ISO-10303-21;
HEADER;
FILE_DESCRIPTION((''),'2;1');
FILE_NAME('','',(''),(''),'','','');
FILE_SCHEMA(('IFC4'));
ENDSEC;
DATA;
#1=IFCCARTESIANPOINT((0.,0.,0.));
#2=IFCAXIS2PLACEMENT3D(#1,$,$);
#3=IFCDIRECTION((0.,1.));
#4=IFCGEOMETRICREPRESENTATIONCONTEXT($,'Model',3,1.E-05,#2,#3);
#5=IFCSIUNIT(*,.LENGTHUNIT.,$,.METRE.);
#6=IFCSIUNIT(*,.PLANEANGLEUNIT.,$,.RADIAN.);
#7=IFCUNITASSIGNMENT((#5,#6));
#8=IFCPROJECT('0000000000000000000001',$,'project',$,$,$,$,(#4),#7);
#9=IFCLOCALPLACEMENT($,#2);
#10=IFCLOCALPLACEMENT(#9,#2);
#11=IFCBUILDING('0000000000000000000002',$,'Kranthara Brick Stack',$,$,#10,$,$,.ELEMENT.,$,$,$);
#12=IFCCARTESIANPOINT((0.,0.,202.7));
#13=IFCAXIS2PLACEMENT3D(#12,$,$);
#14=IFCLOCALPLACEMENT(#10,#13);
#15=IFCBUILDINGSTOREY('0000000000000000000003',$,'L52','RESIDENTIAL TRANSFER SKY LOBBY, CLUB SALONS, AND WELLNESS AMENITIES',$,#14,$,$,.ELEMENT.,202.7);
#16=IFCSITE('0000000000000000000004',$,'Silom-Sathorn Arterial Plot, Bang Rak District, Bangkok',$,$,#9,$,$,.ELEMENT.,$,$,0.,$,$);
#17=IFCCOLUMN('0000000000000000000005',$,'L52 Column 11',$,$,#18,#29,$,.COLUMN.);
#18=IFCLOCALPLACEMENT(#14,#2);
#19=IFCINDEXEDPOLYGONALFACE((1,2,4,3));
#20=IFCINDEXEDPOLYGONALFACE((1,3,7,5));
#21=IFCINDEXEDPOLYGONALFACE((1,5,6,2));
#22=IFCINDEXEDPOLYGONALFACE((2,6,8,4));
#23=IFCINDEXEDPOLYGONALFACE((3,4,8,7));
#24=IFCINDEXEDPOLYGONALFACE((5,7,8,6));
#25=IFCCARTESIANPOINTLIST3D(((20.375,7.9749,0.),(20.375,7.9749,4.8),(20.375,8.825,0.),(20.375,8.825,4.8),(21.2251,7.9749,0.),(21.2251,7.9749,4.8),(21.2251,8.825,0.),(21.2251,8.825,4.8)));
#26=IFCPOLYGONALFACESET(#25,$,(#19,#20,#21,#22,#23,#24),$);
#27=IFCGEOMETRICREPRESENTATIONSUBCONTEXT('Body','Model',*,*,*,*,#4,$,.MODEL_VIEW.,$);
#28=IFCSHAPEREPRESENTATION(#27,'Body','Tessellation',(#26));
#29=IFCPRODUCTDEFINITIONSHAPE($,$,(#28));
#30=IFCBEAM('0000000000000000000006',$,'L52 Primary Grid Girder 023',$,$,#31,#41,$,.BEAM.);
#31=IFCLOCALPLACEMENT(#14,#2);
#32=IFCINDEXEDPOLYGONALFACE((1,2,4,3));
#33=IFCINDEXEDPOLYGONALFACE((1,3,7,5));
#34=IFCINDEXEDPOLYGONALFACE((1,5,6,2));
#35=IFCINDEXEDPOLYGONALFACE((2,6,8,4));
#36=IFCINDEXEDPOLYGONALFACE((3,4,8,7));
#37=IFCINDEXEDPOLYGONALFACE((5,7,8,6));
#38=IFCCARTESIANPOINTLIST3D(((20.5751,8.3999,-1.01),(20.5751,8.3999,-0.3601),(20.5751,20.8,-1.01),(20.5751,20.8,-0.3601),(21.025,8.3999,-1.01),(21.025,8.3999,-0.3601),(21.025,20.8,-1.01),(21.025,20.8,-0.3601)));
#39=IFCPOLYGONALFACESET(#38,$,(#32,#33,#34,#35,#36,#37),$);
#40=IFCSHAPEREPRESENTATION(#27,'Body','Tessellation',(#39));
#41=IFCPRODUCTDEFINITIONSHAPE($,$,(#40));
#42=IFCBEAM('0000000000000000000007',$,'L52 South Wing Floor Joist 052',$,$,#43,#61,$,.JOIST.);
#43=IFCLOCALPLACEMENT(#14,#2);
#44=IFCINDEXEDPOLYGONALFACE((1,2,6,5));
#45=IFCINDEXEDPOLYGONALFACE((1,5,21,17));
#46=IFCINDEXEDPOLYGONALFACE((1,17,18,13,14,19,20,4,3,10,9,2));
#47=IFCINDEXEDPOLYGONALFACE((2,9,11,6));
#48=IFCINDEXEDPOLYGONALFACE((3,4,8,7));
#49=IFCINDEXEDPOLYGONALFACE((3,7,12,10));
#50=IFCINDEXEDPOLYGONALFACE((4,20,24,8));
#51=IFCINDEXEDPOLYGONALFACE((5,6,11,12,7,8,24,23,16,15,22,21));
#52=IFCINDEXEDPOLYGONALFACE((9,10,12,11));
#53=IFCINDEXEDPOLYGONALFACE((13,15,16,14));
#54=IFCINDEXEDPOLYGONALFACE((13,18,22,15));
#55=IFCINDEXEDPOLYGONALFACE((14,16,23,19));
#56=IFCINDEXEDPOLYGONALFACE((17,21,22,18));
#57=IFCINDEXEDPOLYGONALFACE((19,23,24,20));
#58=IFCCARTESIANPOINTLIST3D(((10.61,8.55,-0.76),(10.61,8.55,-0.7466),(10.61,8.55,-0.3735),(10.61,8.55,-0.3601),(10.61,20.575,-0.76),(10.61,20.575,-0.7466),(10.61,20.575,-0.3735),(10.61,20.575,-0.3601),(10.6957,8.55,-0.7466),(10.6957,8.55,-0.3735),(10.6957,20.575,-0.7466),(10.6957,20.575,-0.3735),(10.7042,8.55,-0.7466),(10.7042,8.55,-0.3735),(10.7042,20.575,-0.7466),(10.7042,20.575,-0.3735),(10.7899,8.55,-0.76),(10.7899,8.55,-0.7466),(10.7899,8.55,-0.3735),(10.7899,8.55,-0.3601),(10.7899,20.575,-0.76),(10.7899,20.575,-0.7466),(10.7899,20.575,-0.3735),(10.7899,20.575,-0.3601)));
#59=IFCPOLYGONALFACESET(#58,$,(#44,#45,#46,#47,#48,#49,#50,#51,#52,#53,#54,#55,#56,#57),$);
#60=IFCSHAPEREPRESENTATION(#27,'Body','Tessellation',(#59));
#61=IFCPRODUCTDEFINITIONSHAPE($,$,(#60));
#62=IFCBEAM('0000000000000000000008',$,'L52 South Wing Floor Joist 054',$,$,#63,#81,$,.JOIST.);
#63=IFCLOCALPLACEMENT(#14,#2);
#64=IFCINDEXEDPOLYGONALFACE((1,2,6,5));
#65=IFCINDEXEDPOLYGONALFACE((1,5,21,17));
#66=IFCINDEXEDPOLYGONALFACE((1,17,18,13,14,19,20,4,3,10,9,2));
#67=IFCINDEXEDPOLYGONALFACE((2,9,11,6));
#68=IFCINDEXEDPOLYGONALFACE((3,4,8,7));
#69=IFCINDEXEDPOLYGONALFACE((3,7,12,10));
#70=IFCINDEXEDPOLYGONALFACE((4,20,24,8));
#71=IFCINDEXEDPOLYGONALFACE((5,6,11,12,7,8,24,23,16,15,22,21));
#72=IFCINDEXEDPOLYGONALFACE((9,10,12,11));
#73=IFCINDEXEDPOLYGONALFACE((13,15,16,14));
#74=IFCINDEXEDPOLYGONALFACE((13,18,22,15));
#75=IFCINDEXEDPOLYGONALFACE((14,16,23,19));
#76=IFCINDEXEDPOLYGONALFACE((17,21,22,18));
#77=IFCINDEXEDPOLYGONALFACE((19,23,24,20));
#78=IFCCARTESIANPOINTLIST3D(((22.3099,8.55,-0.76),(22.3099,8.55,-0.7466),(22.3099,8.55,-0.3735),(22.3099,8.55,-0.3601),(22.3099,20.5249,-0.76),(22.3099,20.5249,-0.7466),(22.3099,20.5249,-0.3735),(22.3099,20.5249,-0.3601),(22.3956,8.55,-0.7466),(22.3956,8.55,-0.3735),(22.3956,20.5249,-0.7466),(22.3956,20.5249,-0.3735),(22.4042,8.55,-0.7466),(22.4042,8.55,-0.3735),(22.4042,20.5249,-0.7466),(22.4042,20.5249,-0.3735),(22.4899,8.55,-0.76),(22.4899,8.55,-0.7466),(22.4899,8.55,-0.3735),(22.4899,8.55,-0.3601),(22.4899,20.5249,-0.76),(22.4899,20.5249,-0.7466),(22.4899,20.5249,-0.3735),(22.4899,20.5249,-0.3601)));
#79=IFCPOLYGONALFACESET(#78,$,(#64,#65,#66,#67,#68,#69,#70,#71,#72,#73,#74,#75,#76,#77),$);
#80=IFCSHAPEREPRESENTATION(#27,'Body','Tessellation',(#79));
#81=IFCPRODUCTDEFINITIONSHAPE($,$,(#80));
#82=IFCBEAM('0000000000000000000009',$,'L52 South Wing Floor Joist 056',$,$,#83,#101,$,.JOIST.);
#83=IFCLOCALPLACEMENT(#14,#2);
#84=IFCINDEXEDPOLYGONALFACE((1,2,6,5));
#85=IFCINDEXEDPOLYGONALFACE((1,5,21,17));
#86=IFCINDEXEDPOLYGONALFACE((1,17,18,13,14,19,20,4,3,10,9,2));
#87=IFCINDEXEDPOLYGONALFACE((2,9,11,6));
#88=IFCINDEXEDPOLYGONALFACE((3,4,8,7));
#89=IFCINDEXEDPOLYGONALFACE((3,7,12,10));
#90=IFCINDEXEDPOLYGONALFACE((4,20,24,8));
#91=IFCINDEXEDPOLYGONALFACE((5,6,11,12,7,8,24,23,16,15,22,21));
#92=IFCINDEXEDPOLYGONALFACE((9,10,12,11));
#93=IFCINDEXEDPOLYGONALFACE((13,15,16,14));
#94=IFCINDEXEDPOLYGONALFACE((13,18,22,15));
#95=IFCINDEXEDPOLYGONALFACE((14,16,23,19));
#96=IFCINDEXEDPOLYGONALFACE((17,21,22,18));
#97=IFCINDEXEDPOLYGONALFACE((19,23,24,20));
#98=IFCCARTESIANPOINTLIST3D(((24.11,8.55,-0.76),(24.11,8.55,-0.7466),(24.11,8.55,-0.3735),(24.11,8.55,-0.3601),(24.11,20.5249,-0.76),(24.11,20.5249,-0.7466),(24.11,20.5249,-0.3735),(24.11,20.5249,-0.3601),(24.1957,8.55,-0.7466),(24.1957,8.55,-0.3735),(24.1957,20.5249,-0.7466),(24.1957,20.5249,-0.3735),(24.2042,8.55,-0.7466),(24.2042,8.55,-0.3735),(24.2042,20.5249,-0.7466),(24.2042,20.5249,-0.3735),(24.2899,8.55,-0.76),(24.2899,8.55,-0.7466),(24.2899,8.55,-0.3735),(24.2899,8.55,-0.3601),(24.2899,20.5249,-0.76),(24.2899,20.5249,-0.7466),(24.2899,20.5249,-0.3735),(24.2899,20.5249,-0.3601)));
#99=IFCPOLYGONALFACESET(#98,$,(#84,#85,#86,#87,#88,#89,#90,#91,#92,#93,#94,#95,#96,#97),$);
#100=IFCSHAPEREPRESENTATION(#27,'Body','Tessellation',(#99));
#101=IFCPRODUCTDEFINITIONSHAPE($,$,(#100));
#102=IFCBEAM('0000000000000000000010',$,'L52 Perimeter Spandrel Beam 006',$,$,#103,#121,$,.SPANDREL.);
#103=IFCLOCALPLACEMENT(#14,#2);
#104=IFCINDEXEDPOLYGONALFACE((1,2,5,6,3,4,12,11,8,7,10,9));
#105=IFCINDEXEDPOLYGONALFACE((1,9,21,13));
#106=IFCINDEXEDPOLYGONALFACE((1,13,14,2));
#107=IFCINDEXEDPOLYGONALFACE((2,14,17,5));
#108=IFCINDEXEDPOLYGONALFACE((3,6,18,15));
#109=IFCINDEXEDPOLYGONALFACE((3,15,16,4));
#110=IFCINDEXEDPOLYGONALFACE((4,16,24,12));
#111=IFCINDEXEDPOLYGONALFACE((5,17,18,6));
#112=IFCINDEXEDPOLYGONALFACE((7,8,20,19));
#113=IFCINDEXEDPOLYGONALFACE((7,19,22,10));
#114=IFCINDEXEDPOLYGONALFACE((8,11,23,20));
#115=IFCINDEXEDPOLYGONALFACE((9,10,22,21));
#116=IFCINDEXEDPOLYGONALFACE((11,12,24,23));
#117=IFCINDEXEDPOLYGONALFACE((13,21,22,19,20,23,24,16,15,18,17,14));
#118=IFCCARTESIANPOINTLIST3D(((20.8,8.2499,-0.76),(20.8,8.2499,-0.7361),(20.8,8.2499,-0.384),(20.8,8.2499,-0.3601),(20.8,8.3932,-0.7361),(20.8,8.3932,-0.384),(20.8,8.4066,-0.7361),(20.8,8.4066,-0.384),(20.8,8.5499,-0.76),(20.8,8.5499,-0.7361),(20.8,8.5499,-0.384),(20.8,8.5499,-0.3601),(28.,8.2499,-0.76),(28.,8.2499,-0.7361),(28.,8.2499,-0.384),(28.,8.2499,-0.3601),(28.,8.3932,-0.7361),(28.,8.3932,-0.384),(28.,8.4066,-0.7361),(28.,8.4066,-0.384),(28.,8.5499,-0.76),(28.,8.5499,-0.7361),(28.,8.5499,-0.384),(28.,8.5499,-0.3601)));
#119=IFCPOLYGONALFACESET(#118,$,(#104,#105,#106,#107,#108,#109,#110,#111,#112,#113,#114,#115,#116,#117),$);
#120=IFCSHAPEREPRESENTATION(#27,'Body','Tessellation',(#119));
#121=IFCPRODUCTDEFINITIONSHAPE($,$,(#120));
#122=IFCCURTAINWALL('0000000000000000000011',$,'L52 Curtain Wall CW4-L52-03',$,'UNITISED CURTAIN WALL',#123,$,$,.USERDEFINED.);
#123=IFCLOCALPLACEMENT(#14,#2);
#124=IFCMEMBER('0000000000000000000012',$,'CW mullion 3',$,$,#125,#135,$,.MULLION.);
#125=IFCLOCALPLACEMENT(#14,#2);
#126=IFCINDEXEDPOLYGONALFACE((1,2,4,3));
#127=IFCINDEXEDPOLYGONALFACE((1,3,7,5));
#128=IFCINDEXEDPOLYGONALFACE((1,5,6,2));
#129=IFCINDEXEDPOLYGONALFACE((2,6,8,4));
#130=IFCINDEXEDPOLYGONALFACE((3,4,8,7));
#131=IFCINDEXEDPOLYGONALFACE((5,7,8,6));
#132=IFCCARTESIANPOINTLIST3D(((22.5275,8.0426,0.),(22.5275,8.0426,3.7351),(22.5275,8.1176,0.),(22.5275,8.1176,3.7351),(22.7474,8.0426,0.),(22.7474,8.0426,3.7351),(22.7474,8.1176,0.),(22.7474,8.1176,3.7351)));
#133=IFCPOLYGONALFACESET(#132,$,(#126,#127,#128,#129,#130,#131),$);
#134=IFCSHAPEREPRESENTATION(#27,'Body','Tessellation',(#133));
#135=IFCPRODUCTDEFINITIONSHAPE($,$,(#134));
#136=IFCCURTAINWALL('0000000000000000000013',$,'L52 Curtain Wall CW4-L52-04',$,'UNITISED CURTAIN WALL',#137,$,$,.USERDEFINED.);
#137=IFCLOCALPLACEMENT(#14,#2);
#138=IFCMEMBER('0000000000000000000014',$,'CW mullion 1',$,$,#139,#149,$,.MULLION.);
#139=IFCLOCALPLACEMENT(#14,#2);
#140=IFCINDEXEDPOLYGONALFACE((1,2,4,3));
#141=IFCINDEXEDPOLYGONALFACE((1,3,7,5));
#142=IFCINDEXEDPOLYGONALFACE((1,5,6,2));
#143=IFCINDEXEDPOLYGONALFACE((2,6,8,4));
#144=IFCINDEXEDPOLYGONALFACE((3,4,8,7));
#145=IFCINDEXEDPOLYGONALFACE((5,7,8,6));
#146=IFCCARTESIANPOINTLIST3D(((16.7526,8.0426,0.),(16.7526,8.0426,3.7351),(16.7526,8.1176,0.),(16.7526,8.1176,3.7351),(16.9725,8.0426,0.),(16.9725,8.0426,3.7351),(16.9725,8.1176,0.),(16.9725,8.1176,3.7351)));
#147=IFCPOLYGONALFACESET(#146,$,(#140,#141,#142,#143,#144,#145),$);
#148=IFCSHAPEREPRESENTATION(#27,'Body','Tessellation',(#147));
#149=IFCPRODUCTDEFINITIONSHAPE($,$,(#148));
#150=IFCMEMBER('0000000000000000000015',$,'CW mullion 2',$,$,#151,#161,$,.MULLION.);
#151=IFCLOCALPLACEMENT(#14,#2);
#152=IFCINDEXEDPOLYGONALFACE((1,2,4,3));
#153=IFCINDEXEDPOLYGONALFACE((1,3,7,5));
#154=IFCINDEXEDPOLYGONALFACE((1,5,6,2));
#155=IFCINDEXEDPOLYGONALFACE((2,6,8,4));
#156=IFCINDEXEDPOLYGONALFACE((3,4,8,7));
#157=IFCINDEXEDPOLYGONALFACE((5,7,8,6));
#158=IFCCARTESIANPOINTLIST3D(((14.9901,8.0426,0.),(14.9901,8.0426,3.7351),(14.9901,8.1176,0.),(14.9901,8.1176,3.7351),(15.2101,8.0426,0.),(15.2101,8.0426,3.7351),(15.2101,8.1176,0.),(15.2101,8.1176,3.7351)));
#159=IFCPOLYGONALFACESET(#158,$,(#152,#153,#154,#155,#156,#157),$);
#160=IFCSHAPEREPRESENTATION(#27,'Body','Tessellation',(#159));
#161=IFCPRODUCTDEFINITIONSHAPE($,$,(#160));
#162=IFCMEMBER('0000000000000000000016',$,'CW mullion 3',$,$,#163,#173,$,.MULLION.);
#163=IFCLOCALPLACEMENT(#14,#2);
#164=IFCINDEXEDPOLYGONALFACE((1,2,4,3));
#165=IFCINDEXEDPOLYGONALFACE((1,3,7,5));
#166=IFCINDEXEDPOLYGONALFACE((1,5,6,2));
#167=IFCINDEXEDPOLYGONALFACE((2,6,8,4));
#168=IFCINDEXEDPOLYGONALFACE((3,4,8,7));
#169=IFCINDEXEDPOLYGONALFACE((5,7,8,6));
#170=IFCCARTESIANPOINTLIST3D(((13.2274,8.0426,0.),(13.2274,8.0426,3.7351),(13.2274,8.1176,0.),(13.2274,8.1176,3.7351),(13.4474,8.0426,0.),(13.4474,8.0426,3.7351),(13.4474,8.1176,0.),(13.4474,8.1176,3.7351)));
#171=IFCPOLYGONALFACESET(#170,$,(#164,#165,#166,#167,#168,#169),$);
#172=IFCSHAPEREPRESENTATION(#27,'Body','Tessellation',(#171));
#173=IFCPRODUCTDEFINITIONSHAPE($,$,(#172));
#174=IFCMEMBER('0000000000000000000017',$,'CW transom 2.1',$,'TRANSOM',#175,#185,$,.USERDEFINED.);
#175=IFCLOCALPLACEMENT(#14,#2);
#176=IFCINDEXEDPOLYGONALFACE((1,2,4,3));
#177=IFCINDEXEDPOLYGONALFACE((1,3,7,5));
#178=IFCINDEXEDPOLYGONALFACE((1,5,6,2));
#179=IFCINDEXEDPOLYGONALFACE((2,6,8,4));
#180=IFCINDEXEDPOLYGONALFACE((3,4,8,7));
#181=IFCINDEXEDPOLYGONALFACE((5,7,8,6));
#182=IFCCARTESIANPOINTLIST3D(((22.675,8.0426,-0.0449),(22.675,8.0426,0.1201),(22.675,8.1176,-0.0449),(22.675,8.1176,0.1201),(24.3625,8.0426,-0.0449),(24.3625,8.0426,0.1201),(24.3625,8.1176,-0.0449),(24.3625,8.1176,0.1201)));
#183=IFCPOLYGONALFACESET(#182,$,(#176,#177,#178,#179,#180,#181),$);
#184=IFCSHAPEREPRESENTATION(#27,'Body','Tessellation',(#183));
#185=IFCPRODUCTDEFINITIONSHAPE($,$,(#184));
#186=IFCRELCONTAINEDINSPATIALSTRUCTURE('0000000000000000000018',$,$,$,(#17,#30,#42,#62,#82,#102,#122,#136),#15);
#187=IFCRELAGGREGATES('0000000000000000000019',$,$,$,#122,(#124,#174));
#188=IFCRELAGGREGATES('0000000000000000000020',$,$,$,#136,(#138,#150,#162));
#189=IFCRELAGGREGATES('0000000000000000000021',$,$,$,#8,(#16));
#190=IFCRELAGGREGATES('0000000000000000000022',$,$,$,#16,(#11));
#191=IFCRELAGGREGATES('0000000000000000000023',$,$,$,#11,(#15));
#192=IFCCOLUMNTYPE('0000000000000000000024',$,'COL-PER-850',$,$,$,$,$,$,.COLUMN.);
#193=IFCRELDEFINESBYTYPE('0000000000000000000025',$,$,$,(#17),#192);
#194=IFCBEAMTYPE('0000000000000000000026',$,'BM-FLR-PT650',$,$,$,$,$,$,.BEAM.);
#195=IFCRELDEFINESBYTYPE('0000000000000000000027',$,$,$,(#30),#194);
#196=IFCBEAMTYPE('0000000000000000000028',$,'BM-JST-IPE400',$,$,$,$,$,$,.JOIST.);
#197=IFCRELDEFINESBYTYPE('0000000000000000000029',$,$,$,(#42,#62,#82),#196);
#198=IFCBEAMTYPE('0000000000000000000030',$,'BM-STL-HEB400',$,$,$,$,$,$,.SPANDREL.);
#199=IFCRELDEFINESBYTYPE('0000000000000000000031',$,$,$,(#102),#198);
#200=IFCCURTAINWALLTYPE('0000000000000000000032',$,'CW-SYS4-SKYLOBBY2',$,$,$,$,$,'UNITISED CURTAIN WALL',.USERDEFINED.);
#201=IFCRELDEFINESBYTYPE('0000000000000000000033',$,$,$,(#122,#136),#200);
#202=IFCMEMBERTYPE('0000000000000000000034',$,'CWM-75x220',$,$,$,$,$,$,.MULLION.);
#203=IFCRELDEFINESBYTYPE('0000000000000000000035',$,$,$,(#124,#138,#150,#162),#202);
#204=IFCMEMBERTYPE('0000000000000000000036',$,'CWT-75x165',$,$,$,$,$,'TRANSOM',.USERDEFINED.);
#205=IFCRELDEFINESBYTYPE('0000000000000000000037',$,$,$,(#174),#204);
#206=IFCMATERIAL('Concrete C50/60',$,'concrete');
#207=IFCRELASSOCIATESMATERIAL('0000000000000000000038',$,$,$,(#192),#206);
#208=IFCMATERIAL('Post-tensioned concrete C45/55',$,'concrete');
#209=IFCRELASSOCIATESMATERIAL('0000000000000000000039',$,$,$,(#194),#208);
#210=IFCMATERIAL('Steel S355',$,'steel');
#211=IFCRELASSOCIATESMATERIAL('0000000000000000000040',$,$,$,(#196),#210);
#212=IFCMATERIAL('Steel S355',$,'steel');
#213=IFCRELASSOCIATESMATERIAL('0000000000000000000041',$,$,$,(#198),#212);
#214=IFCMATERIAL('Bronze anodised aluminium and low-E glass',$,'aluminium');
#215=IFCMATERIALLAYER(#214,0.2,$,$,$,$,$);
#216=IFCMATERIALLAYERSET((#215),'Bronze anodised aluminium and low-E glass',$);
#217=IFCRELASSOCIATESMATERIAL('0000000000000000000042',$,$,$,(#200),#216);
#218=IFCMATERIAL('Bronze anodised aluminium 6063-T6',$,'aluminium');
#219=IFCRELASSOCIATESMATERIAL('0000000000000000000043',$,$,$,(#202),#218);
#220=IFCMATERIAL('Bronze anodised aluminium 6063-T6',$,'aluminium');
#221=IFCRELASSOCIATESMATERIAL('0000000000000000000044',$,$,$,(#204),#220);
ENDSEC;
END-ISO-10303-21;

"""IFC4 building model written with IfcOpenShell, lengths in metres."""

from ifc_helpers import new_model, si_unit, direction, frame, origin, origin_2d, place, context, subcontext, project, spatial, rectangle, i_section, extrude, material, layer, layer_set, material_profile, profile_set, type_object, element, aggregate, save


model = new_model("IFC4")

# Units and contexts
model_context = context("Model", 3, precision=1e-05, world=origin(), true_north=direction((0.0, 1.0)))
body_context = subcontext(model_context, "Body", "Model", "MODEL_VIEW")
ifc_project = project(units=[si_unit("LENGTHUNIT", "METRE"), si_unit("PLANEANGLEUNIT", "RADIAN")], contexts=[model_context])

# Site, building, storey
site_placement = place(None, origin())
site = spatial("IfcSite", under=ifc_project, at=site_placement, Name="Silom-Sathorn Arterial Plot, Bang Rak District, Bangkok", CompositionType="ELEMENT", RefElevation=0.0)
building_placement = place(site_placement, origin())
building = spatial("IfcBuilding", under=site, at=building_placement, Name="Kranthara Brick Stack", CompositionType="ELEMENT")
storey_placement = place(building_placement, frame((0.0, 0.0, 202.7)))
storey = spatial("IfcBuildingStorey", under=building, at=storey_placement, Name="L52", Description="RESIDENTIAL TRANSFER SKY LOBBY, CLUB SALONS, AND WELLNESS AMENITIES", CompositionType="ELEMENT", Elevation=202.7)

# Column
ifc_material_1 = material(Name="Concrete C50/60", Category="concrete")
ifc_material_profile_1 = material_profile(ifc_material_1, rectangle(XDim=0.8501, YDim=0.8501, at=origin_2d()), Name="RC 850x850")
ifc_profile_set_1 = profile_set([ifc_material_profile_1], Name="Concrete C50/60")
column_type = type_object("IfcColumnType", Name="COL-PER-850", PredefinedType="COLUMN", material=ifc_profile_set_1)
column_placement = place(storey_placement, frame((20.8, 8.3999, 0.0), z_axis=(0.0, 0.0, 1.0), x_axis=(1.0, 0.0, 0.0)))
element("IfcColumn", 1, at=column_placement, inside=storey, type_object=column_type, Name="L52 Column 11", PredefinedType="COLUMN", context=body_context, shape_type="SweptSolid", body=[
    extrude(rectangle(XDim=0.8501, YDim=0.8501, at=origin_2d()), origin(), (0.0, 0.0, 1.0), 4.8),
])

# Beams
ifc_material_2 = material(Name="Post-tensioned concrete C45/55", Category="concrete")
ifc_material_profile_2 = material_profile(ifc_material_2, rectangle(XDim=0.45, YDim=0.6499, at=origin_2d()), Name="PT 450x650")
ifc_profile_set_2 = profile_set([ifc_material_profile_2], Name="Post-tensioned concrete C45/55")
beam_type_1 = type_object("IfcBeamType", Name="BM-FLR-PT650", PredefinedType="BEAM", material=ifc_profile_set_2)
beam_1_placement = place(storey_placement, frame((20.8, 8.3999, -0.6851), z_axis=(0.0, 1.0, 0.0), x_axis=(-1.0, 0.0, 0.0)))
element("IfcBeam", 2, at=beam_1_placement, inside=storey, type_object=beam_type_1, Name="L52 Primary Grid Girder 023", PredefinedType="BEAM", context=body_context, shape_type="SweptSolid", body=[
    extrude(rectangle(XDim=0.45, YDim=0.6499, at=origin_2d()), origin(), (0.0, 0.0, 1.0), 12.4001),
])
ifc_material_3 = material(Name="Steel S355", Category="steel")
ifc_material_profile_3 = material_profile(ifc_material_3, i_section(OverallWidth=0.1799, OverallDepth=0.3999, WebThickness=0.0085, FlangeThickness=0.0134, at=origin_2d()), Name="IPE 400")
ifc_profile_set_3 = profile_set([ifc_material_profile_3], Name="Steel S355")
beam_type_2 = type_object("IfcBeamType", Name="BM-JST-IPE400", PredefinedType="JOIST", material=ifc_profile_set_3)
beam_2_placement = place(storey_placement, frame((10.7, 8.55, -0.5601), z_axis=(0.0, 1.0, 0.0), x_axis=(-1.0, 0.0, 0.0)))
element("IfcBeam", 3, at=beam_2_placement, inside=storey, type_object=beam_type_2, Name="L52 South Wing Floor Joist 052", PredefinedType="JOIST", context=body_context, shape_type="SweptSolid", body=[
    extrude(i_section(OverallWidth=0.1799, OverallDepth=0.3999, WebThickness=0.0085, FlangeThickness=0.0134, at=origin_2d()), origin(), (0.0, 0.0, 1.0), 12.0249),
])
for number, where, z_axis, x_axis, name in (
    (4, (22.3999, 8.55, -0.5601), (0.0, 1.0, 0.0), (-1.0, 0.0, 0.0), "L52 South Wing Floor Joist 054"),
    (5, (24.2, 8.55, -0.5601), (0.0, 1.0, 0.0), (-1.0, 0.0, 0.0), "L52 South Wing Floor Joist 056"),
):
    element("IfcBeam", number, at=place(storey_placement, frame(where, z_axis=z_axis, x_axis=x_axis)), inside=storey, type_object=beam_type_2, Name=name, PredefinedType="JOIST", context=body_context, shape_type="SweptSolid", body=[
        extrude(i_section(OverallWidth=0.1799, OverallDepth=0.3999, WebThickness=0.0085, FlangeThickness=0.0134, at=origin_2d()), origin(), (0.0, 0.0, 1.0), 11.9749),
    ])
ifc_material_4 = material(Name="Steel S355", Category="steel")
ifc_material_profile_4 = material_profile(ifc_material_4, i_section(OverallWidth=0.3, OverallDepth=0.3999, WebThickness=0.0134, FlangeThickness=0.0239, at=origin_2d()), Name="HEB 400")
ifc_profile_set_4 = profile_set([ifc_material_profile_4], Name="Steel S355")
beam_type_3 = type_object("IfcBeamType", Name="BM-STL-HEB400", PredefinedType="SPANDREL", material=ifc_profile_set_4)
beam_3_placement = place(storey_placement, frame((20.8, 8.3999, -0.5601), z_axis=(1.0, 0.0, 0.0), x_axis=(0.0, 1.0, 0.0)))
element("IfcBeam", 6, at=beam_3_placement, inside=storey, type_object=beam_type_3, Name="L52 Perimeter Spandrel Beam 006", PredefinedType="SPANDREL", context=body_context, shape_type="SweptSolid", body=[
    extrude(i_section(OverallWidth=0.3, OverallDepth=0.3999, WebThickness=0.0134, FlangeThickness=0.0239, at=origin_2d()), origin(), (0.0, 0.0, 1.0), 7.2),
])

# Curtain wall, member
ifc_material_5 = material(Name="Bronze anodised aluminium and low-E glass", Category="aluminium")
ifc_layer_1 = layer(ifc_material_5, 0.2)
ifc_layer_set_1 = layer_set([ifc_layer_1], Name="Bronze anodised aluminium and low-E glass")
curtain_wall_type = type_object("IfcCurtainWallType", Name="CW-SYS4-SKYLOBBY2", ElementType="UNITISED CURTAIN WALL", PredefinedType="USERDEFINED", material=ifc_layer_set_1)
curtain_wall_1_placement = place(storey_placement, origin())
curtain_wall_1 = element("IfcCurtainWall", 7, at=curtain_wall_1_placement, inside=storey, type_object=curtain_wall_type, Name="L52 Curtain Wall CW4-L52-03", ObjectType="UNITISED CURTAIN WALL", PredefinedType="USERDEFINED")
ifc_material_6 = material(Name="Bronze anodised aluminium 6063-T6", Category="aluminium")
ifc_material_profile_5 = material_profile(ifc_material_6, rectangle(XDim=0.075, YDim=0.22, at=origin_2d()), Name="ALU MULLION 75x220")
ifc_profile_set_5 = profile_set([ifc_material_profile_5], Name="Bronze anodised aluminium 6063-T6")
member_type_1 = type_object("IfcMemberType", Name="CWM-75x220", PredefinedType="MULLION", material=ifc_profile_set_5)
member_1_placement = place(storey_placement, frame((22.6375, 8.0801, 0.0), z_axis=(0.0, 0.0, 1.0), x_axis=(0.0, -1.0, 0.0)))
member_1 = element("IfcMember", 8, at=member_1_placement, type_object=member_type_1, Name="CW mullion 3", PredefinedType="MULLION", context=body_context, shape_type="SweptSolid", body=[
    extrude(rectangle(XDim=0.075, YDim=0.22, at=origin_2d()), origin(), (0.0, 0.0, 1.0), 3.7351),
])

# Curtain wall, members
curtain_wall_2_placement = place(storey_placement, origin())
curtain_wall_2 = element("IfcCurtainWall", 9, at=curtain_wall_2_placement, inside=storey, type_object=curtain_wall_type, Name="L52 Curtain Wall CW4-L52-04", ObjectType="UNITISED CURTAIN WALL", PredefinedType="USERDEFINED")
member_2_placement = place(storey_placement, frame((16.8625, 8.0801, 0.0), z_axis=(0.0, 0.0, 1.0), x_axis=(0.0, -1.0, 0.0)))
member_2 = element("IfcMember", 10, at=member_2_placement, type_object=member_type_1, Name="CW mullion 1", PredefinedType="MULLION", context=body_context, shape_type="SweptSolid", body=[
    extrude(rectangle(XDim=0.075, YDim=0.22, at=origin_2d()), origin(), (0.0, 0.0, 1.0), 3.7351),
])
member_3_placement = place(storey_placement, frame((15.1001, 8.0801, 0.0), z_axis=(0.0, 0.0, 1.0), x_axis=(0.0, -1.0, 0.0)))
member_3 = element("IfcMember", 11, at=member_3_placement, type_object=member_type_1, Name="CW mullion 2", PredefinedType="MULLION", context=body_context, shape_type="SweptSolid", body=[
    extrude(rectangle(XDim=0.075, YDim=0.22, at=origin_2d()), origin(), (0.0, 0.0, 1.0), 3.7351),
])
member_4_placement = place(storey_placement, frame((13.3374, 8.0801, 0.0), z_axis=(0.0, 0.0, 1.0), x_axis=(0.0, -1.0, 0.0)))
member_4 = element("IfcMember", 12, at=member_4_placement, type_object=member_type_1, Name="CW mullion 3", PredefinedType="MULLION", context=body_context, shape_type="SweptSolid", body=[
    extrude(rectangle(XDim=0.075, YDim=0.22, at=origin_2d()), origin(), (0.0, 0.0, 1.0), 3.7351),
])

# Member
ifc_material_7 = material(Name="Bronze anodised aluminium 6063-T6", Category="aluminium")
ifc_material_profile_6 = material_profile(ifc_material_7, rectangle(XDim=0.075, YDim=0.165, at=origin_2d()), Name="ALU TRANSOM 75x165")
ifc_profile_set_6 = profile_set([ifc_material_profile_6], Name="Bronze anodised aluminium 6063-T6")
member_type_2 = type_object("IfcMemberType", Name="CWT-75x165", ElementType="TRANSOM", PredefinedType="USERDEFINED", material=ifc_profile_set_6)
member_5_placement = place(storey_placement, frame((24.3625, 8.0801, 0.0376), z_axis=(-1.0, 0.0, 0.0), x_axis=(0.0, -1.0, 0.0)))
member_5 = element("IfcMember", 13, at=member_5_placement, type_object=member_type_2, Name="CW transom 2.1", ObjectType="TRANSOM", PredefinedType="USERDEFINED", context=body_context, shape_type="SweptSolid", body=[
    extrude(rectangle(XDim=0.075, YDim=0.165, at=origin_2d()), origin(), (0.0, 0.0, 1.0), 1.6875),
])

aggregate(curtain_wall_1, [member_1, member_5])
aggregate(curtain_wall_2, [member_2, member_3, member_4])

save(model, "model.ifc")
